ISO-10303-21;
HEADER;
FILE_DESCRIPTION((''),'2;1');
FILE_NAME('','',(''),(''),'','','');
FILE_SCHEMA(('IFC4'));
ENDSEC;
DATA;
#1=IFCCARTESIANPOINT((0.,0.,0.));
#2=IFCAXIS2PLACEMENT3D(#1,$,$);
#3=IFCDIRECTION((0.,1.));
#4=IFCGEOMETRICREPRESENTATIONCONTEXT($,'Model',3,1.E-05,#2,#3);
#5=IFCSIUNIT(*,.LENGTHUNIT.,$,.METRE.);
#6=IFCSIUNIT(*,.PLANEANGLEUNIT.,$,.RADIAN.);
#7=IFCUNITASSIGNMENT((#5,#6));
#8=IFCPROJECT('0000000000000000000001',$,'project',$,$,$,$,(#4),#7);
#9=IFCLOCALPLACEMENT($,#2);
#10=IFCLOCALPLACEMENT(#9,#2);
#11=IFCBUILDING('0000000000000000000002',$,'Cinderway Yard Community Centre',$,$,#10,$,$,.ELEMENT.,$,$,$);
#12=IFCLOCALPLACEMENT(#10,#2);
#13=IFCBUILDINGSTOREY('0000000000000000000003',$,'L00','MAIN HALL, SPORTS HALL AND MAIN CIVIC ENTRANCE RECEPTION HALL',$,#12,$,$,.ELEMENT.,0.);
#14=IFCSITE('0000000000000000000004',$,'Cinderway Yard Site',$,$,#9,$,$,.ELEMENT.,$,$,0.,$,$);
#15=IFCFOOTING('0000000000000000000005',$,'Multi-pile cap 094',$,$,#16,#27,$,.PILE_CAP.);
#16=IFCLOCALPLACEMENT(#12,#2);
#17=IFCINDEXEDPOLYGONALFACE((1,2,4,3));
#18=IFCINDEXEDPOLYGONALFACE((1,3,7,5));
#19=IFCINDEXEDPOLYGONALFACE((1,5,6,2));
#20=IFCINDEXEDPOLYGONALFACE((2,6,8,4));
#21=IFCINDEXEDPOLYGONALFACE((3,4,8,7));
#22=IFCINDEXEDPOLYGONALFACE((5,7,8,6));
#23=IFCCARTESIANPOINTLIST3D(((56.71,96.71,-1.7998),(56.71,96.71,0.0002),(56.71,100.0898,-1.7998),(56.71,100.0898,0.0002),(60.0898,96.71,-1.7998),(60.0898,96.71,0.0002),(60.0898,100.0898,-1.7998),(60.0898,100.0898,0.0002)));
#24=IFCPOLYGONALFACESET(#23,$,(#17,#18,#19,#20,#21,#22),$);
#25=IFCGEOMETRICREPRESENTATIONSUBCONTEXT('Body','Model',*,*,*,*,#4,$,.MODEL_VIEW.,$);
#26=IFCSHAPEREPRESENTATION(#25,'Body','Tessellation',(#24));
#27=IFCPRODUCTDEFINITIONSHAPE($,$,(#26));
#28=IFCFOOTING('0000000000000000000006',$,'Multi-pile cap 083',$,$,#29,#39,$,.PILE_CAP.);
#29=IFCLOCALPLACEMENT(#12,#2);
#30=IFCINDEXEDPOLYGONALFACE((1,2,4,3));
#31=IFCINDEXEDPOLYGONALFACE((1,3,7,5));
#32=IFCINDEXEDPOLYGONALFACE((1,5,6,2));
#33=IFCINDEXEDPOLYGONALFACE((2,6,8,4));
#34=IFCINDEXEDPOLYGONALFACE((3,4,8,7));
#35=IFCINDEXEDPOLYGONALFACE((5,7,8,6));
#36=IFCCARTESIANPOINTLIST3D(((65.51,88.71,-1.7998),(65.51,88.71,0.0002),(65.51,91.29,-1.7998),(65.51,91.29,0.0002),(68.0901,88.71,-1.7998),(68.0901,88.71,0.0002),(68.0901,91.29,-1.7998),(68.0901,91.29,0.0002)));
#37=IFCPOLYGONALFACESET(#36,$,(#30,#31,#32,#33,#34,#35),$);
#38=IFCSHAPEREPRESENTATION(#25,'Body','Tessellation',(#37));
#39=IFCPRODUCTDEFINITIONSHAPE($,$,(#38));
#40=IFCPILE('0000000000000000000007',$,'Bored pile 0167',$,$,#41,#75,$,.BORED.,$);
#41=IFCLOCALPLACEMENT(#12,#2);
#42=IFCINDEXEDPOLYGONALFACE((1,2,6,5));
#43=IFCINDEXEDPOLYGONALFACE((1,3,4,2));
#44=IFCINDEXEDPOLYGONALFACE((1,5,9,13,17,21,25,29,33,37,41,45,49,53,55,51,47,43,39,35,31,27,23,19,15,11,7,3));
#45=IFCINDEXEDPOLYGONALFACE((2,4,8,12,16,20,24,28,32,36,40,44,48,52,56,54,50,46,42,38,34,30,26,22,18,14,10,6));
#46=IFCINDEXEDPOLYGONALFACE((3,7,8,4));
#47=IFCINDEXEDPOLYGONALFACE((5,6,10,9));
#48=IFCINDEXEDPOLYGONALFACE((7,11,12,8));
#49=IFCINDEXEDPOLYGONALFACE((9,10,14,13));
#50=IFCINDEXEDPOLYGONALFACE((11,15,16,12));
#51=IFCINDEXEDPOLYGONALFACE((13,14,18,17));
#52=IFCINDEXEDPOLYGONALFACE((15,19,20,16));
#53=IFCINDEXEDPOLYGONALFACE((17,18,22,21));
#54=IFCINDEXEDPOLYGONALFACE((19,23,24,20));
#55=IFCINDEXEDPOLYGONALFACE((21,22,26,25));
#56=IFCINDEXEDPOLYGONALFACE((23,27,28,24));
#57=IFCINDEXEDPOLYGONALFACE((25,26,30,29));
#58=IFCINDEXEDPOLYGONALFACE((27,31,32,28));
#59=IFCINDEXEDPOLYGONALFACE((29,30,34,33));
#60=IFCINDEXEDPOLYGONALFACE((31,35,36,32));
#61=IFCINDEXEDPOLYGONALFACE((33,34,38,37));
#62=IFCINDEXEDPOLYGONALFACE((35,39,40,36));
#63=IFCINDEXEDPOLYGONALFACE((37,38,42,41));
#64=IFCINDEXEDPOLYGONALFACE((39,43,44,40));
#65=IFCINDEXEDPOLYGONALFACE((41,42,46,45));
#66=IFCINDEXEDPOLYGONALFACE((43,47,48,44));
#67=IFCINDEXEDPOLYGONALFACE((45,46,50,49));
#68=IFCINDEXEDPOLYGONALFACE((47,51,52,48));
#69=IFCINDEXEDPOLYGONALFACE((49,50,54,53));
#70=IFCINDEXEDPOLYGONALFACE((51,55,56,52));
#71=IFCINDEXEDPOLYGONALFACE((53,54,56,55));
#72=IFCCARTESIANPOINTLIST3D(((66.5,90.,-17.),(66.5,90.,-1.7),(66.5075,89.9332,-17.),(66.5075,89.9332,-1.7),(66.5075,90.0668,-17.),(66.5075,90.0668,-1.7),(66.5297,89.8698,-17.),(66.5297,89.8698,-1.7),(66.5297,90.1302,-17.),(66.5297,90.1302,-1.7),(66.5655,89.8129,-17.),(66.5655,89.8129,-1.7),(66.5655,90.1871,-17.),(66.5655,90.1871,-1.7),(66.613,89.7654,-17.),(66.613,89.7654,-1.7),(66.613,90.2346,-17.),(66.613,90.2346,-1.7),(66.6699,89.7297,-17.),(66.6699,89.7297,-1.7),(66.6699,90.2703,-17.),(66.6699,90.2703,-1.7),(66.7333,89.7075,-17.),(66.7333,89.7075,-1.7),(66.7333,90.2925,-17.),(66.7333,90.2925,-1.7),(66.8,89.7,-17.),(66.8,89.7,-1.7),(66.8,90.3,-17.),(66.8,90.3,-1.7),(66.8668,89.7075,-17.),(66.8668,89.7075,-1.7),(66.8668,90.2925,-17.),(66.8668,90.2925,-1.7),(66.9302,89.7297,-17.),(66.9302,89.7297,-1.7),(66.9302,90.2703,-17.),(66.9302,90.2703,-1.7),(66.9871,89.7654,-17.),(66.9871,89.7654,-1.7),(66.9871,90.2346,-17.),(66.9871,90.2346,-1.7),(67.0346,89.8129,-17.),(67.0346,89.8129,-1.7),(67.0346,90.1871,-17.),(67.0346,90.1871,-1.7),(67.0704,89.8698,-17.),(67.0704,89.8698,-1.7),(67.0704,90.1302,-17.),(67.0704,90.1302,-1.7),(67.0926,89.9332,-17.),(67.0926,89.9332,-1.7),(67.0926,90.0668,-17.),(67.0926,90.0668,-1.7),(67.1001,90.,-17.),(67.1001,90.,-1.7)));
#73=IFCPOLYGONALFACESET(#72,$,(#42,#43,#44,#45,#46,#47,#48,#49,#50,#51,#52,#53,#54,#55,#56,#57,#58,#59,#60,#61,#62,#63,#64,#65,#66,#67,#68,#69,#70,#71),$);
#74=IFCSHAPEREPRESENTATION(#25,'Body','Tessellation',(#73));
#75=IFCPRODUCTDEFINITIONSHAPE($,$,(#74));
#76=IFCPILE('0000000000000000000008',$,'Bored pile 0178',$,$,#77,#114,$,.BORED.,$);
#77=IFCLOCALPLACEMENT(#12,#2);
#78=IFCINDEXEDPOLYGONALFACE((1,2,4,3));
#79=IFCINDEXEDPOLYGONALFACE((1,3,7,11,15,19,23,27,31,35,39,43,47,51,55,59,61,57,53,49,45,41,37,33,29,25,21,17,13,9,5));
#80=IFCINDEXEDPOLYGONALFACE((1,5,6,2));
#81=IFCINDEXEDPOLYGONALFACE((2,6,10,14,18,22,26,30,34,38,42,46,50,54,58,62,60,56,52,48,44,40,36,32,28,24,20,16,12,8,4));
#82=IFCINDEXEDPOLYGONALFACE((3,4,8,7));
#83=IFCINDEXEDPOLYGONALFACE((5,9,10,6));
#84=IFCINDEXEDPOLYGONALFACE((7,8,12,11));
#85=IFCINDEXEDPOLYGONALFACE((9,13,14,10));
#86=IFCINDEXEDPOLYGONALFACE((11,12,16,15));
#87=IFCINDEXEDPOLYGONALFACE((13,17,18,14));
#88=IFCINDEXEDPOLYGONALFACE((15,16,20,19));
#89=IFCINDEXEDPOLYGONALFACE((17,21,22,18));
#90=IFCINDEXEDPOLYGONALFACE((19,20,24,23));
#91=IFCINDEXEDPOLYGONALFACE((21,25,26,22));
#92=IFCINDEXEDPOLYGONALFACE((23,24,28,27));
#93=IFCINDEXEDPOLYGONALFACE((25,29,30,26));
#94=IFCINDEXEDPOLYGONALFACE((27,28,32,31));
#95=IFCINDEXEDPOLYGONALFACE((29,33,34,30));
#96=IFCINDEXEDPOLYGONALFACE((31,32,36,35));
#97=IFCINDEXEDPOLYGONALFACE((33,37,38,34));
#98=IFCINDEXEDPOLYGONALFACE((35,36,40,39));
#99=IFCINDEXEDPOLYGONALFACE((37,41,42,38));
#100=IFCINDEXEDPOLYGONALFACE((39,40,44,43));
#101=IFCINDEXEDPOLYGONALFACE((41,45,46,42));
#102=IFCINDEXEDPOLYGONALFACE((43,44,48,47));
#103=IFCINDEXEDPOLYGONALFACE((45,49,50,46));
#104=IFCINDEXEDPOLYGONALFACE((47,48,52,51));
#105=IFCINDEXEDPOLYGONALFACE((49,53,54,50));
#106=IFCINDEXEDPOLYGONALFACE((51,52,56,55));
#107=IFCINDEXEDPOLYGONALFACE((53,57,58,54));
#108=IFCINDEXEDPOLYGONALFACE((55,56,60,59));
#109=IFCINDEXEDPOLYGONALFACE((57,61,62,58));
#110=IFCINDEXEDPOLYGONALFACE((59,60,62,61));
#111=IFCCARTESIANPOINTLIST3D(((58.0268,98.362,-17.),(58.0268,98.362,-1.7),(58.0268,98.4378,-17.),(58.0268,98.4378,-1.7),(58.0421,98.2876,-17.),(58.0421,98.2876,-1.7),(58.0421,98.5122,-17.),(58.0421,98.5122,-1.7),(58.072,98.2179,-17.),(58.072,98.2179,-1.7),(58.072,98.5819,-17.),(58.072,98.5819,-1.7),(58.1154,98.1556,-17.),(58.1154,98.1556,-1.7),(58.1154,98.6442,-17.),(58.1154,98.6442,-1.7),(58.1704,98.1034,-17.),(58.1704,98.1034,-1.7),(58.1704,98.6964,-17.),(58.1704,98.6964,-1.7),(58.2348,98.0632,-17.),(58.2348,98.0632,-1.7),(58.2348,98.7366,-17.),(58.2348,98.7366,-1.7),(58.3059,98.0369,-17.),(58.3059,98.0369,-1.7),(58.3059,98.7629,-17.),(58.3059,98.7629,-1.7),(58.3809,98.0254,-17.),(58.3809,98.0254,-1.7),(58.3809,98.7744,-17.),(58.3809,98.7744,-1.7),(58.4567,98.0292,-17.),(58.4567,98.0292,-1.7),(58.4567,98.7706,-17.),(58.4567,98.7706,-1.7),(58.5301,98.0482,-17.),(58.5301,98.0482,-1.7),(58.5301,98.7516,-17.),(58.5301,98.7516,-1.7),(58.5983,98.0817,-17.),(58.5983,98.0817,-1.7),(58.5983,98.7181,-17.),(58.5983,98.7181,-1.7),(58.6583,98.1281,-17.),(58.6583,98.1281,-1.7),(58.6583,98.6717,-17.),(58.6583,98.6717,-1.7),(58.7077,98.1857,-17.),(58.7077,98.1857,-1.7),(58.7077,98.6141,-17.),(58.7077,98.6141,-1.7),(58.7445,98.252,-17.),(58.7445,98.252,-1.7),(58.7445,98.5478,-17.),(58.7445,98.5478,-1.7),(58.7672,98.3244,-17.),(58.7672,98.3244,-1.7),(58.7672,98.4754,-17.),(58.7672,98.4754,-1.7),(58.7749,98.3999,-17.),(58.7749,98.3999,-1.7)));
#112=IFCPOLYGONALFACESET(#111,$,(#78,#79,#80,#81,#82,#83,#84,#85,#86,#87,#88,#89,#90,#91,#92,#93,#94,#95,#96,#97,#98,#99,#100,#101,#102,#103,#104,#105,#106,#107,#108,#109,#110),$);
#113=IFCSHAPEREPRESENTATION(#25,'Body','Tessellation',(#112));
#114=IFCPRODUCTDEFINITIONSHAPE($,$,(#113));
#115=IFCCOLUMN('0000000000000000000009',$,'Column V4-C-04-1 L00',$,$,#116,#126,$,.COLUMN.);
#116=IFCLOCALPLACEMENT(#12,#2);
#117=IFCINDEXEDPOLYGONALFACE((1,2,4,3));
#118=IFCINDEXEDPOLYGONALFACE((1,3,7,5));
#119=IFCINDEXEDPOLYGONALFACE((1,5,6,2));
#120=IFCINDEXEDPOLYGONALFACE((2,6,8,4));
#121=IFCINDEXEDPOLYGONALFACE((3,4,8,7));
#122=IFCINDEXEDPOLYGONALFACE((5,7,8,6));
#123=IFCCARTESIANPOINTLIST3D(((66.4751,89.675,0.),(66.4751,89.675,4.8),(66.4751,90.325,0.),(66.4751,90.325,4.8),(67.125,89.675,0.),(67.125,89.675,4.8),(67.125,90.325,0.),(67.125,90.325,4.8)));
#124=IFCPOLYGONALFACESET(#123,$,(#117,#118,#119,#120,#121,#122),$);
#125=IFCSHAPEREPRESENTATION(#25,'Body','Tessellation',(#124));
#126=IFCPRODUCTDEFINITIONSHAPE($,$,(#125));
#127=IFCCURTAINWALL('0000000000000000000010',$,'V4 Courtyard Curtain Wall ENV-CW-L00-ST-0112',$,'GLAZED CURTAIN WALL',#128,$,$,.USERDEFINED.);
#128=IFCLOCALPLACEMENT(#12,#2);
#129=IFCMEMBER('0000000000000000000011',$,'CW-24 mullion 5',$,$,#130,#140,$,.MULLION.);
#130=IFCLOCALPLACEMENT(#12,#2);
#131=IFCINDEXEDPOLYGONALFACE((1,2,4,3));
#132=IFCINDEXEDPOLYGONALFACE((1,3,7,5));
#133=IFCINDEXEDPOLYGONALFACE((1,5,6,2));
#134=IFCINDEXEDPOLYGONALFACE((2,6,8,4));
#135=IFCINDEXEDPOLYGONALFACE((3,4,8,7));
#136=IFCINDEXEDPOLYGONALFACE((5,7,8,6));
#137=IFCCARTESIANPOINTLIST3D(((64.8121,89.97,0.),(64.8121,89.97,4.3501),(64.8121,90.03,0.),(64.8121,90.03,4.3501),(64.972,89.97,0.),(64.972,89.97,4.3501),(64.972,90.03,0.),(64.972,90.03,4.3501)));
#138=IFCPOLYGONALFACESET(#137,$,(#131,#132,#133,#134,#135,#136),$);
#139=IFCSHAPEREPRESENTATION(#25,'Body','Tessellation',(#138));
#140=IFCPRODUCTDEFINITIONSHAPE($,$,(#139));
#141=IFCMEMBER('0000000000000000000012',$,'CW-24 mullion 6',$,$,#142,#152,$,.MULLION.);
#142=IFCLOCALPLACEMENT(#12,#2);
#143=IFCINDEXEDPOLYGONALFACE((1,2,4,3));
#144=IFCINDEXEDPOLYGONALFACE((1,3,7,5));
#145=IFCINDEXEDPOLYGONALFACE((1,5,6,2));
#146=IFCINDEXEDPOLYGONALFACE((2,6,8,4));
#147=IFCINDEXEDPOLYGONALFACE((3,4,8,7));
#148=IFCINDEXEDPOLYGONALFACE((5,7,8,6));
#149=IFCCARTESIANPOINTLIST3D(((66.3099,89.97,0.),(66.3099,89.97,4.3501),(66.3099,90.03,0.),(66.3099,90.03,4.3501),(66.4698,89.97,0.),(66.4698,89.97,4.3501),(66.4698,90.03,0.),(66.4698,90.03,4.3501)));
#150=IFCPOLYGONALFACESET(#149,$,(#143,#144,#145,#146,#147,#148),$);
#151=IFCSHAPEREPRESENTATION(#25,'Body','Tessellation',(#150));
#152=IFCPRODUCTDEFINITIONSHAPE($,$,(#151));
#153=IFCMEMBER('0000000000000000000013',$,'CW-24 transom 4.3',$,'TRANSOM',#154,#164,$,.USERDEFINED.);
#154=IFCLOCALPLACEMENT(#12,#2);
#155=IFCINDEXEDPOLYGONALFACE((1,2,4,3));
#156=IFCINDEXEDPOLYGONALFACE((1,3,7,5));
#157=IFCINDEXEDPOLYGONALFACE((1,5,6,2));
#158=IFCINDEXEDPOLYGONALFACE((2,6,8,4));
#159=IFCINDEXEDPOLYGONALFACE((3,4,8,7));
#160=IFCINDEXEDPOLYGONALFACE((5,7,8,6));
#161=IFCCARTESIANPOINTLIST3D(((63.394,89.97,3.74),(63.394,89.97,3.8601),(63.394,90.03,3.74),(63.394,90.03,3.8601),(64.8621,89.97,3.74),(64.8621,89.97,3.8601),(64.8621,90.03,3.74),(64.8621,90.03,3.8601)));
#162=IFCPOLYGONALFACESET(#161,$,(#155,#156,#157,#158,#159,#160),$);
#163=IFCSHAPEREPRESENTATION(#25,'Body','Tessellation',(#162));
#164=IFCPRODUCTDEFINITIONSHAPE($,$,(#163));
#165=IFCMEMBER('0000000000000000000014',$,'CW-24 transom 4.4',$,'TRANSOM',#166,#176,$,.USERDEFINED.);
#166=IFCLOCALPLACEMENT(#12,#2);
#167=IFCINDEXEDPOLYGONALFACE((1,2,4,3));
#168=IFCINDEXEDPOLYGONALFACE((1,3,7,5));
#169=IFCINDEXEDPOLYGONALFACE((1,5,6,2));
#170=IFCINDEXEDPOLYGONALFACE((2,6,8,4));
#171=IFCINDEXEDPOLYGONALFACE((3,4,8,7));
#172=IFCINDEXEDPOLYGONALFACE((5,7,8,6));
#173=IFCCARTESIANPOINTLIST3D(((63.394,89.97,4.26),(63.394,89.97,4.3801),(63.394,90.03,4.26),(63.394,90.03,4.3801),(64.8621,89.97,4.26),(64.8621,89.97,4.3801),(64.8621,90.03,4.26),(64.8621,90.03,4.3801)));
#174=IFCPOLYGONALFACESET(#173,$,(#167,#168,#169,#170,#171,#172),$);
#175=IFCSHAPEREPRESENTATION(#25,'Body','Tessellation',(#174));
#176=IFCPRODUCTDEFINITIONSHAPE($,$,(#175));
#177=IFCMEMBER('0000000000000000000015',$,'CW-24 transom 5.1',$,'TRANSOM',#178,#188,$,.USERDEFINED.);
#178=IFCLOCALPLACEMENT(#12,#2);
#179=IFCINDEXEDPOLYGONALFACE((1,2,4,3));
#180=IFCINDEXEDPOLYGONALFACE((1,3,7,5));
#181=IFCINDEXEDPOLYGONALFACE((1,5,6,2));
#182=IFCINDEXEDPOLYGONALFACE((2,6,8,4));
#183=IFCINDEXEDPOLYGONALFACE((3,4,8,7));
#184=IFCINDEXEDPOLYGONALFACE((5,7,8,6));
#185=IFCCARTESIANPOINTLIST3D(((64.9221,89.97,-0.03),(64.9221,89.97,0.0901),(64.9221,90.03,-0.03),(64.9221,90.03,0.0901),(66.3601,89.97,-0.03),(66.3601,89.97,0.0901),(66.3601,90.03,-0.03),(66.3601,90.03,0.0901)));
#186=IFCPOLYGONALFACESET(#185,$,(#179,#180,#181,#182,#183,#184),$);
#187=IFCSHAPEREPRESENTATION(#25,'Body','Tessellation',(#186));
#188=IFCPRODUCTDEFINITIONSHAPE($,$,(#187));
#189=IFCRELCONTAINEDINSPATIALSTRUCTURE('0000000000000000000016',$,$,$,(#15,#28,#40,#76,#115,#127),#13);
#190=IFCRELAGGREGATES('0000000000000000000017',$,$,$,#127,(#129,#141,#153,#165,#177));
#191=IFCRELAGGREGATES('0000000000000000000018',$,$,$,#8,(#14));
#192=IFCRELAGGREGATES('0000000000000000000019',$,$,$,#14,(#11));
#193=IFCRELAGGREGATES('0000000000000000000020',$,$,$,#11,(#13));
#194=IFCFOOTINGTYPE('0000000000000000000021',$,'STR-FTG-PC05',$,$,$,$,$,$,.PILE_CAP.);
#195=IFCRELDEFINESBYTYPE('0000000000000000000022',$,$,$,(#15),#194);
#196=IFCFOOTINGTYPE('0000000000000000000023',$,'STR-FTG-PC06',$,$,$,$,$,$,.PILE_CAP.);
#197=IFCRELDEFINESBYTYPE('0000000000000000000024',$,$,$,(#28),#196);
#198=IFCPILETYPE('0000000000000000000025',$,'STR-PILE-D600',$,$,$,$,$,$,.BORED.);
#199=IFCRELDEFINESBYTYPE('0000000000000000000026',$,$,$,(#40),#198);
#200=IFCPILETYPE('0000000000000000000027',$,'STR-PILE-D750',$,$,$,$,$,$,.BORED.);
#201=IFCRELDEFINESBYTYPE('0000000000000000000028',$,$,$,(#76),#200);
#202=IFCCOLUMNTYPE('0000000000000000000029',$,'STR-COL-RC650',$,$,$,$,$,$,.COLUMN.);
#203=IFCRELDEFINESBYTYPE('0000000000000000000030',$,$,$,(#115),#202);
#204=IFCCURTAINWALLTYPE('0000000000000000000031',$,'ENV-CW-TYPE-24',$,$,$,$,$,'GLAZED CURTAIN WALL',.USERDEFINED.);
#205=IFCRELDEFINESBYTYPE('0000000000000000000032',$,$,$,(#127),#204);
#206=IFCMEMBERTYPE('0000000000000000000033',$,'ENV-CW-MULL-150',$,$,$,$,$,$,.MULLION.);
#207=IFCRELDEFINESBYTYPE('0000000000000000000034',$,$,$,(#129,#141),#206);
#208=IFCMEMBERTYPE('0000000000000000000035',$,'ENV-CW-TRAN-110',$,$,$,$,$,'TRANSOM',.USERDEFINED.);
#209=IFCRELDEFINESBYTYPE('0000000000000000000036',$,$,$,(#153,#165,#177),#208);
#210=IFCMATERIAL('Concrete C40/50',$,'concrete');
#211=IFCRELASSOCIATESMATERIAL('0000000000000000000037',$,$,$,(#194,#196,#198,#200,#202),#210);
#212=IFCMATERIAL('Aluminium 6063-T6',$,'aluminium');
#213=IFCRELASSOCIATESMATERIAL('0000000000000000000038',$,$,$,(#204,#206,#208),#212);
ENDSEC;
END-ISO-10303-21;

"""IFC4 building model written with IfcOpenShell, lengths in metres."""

from ifc_helpers import new_model, si_unit, direction, frame, origin, origin_2d, place, context, subcontext, project, spatial, rectangle, circle, extrude, material, material_profile, profile_set, type_object, element, aggregate, save


model = new_model("IFC4")

# Units and contexts
model_context = context("Model", 3, precision=1e-05, world=origin(), true_north=direction((0.0, 1.0)))
body_context = subcontext(model_context, "Body", "Model", "MODEL_VIEW")
ifc_project = project(units=[si_unit("LENGTHUNIT", "METRE"), si_unit("PLANEANGLEUNIT", "RADIAN")], contexts=[model_context])

# Site, building, storey
site_placement = place(None, origin())
site = spatial("IfcSite", under=ifc_project, at=site_placement, Name="Cinderway Yard Site", CompositionType="ELEMENT", RefElevation=0.0)
building_placement = place(site_placement, origin())
building = spatial("IfcBuilding", under=site, at=building_placement, Name="Cinderway Yard Community Centre", CompositionType="ELEMENT")
storey_placement = place(building_placement, origin())
storey = spatial("IfcBuildingStorey", under=building, at=storey_placement, Name="L00", Description="MAIN HALL, SPORTS HALL AND MAIN CIVIC ENTRANCE RECEPTION HALL", CompositionType="ELEMENT", Elevation=0.0)

# Footings
ifc_material_1 = material(Name="Concrete C40/50", Category="concrete")
footing_type_1 = type_object("IfcFootingType", Name="STR-FTG-PC05", PredefinedType="PILE_CAP", material=ifc_material_1)
footing_1_placement = place(storey_placement, frame((58.3999, 98.3999, -1.7998), z_axis=(0.0, 0.0, 1.0), x_axis=(1.0, 0.0, 0.0)))
element("IfcFooting", 1, at=footing_1_placement, inside=storey, type_object=footing_type_1, Name="Multi-pile cap 094", PredefinedType="PILE_CAP", context=body_context, shape_type="SweptSolid", body=[
    extrude(rectangle(XDim=3.3799, YDim=3.3799, at=origin_2d()), origin(), (0.0, 0.0, 1.0), 1.8),
])
footing_type_2 = type_object("IfcFootingType", Name="STR-FTG-PC06", PredefinedType="PILE_CAP", material=ifc_material_1)
footing_2_placement = place(storey_placement, frame((66.8, 90.0, -1.7998), z_axis=(0.0, 0.0, 1.0), x_axis=(1.0, 0.0, 0.0)))
element("IfcFooting", 2, at=footing_2_placement, inside=storey, type_object=footing_type_2, Name="Multi-pile cap 083", PredefinedType="PILE_CAP", context=body_context, shape_type="SweptSolid", body=[
    extrude(rectangle(XDim=2.5801, YDim=2.5801, at=origin_2d()), origin(), (0.0, 0.0, 1.0), 1.8),
])

# Piles
ifc_material_profile_1 = material_profile(ifc_material_1, circle(Radius=0.3, at=origin_2d()), Name="Concrete C40/50")
ifc_profile_set_1 = profile_set([ifc_material_profile_1], Name="Concrete C40/50")
pile_type_1 = type_object("IfcPileType", Name="STR-PILE-D600", PredefinedType="BORED", material=ifc_profile_set_1)
pile_1_placement = place(storey_placement, frame((66.8, 90.0, -1.7), z_axis=(0.0, 0.0, -1.0), x_axis=(1.0, 0.0, 0.0)))
element("IfcPile", 3, at=pile_1_placement, inside=storey, type_object=pile_type_1, Name="Bored pile 0167", PredefinedType="BORED", context=body_context, shape_type="SweptSolid", body=[
    extrude(circle(Radius=0.3, at=origin_2d()), origin(), (0.0, 0.0, 1.0), 15.3),
])
ifc_material_profile_2 = material_profile(ifc_material_1, circle(Radius=0.375, at=origin_2d()), Name="Concrete C40/50")
ifc_profile_set_2 = profile_set([ifc_material_profile_2], Name="Concrete C40/50")
pile_type_2 = type_object("IfcPileType", Name="STR-PILE-D750", PredefinedType="BORED", material=ifc_profile_set_2)
pile_2_placement = place(storey_placement, frame((58.3999, 98.3999, -1.7), z_axis=(0.0, 0.0, -1.0), x_axis=(1.0, 0.0, 0.0)))
element("IfcPile", 4, at=pile_2_placement, inside=storey, type_object=pile_type_2, Name="Bored pile 0178", PredefinedType="BORED", context=body_context, shape_type="SweptSolid", body=[
    extrude(circle(Radius=0.375, at=origin_2d()), origin(), (0.0, 0.0, 1.0), 15.3),
])

# Column
ifc_material_profile_3 = material_profile(ifc_material_1, rectangle(XDim=0.6499, YDim=0.6499, at=origin_2d()), Name="Concrete C40/50")
ifc_profile_set_3 = profile_set([ifc_material_profile_3], Name="Concrete C40/50")
column_type = type_object("IfcColumnType", Name="STR-COL-RC650", PredefinedType="COLUMN", material=ifc_profile_set_3)
column_placement = place(storey_placement, frame((66.8, 90.0, 0.0), z_axis=(0.0, 0.0, 1.0), x_axis=(1.0, 0.0, 0.0)))
element("IfcColumn", 5, at=column_placement, inside=storey, type_object=column_type, Name="Column V4-C-04-1 L00", PredefinedType="COLUMN", context=body_context, shape_type="SweptSolid", body=[
    extrude(rectangle(XDim=0.6499, YDim=0.6499, at=origin_2d()), origin(), (0.0, 0.0, 1.0), 4.8),
])

# Curtain wall, members
ifc_material_2 = material(Name="Aluminium 6063-T6", Category="aluminium")
curtain_wall_type = type_object("IfcCurtainWallType", Name="ENV-CW-TYPE-24", ElementType="GLAZED CURTAIN WALL", PredefinedType="USERDEFINED", material=ifc_material_2)
curtain_wall_placement = place(storey_placement, origin())
curtain_wall = element("IfcCurtainWall", 6, at=curtain_wall_placement, inside=storey, type_object=curtain_wall_type, Name="V4 Courtyard Curtain Wall ENV-CW-L00-ST-0112", ObjectType="GLAZED CURTAIN WALL", PredefinedType="USERDEFINED")
ifc_material_profile_4 = material_profile(ifc_material_2, rectangle(XDim=0.0601, YDim=0.1599, at=origin_2d()), Name="Aluminium 6063-T6")
ifc_profile_set_4 = profile_set([ifc_material_profile_4], Name="Aluminium 6063-T6")
member_type_1 = type_object("IfcMemberType", Name="ENV-CW-MULL-150", PredefinedType="MULLION", material=ifc_profile_set_4)
member_1_placement = place(storey_placement, frame((64.8921, 90.0, 0.0), z_axis=(0.0, 0.0, 1.0), x_axis=(0.0, 1.0, 0.0)))
member_1 = element("IfcMember", 7, at=member_1_placement, type_object=member_type_1, Name="CW-24 mullion 5", PredefinedType="MULLION", context=body_context, shape_type="SweptSolid", body=[
    extrude(rectangle(XDim=0.0601, YDim=0.1599, at=origin_2d()), origin(), (0.0, 0.0, 1.0), 4.3501),
])
member_2_placement = place(storey_placement, frame((66.3899, 90.0, 0.0), z_axis=(0.0, 0.0, 1.0), x_axis=(0.0, 1.0, 0.0)))
member_2 = element("IfcMember", 8, at=member_2_placement, type_object=member_type_1, Name="CW-24 mullion 6", PredefinedType="MULLION", context=body_context, shape_type="SweptSolid", body=[
    extrude(rectangle(XDim=0.0601, YDim=0.1599, at=origin_2d()), origin(), (0.0, 0.0, 1.0), 4.3501),
])
ifc_material_profile_5 = material_profile(ifc_material_2, rectangle(XDim=0.0601, YDim=0.1201, at=origin_2d()), Name="Aluminium 6063-T6")
ifc_profile_set_5 = profile_set([ifc_material_profile_5], Name="Aluminium 6063-T6")
member_type_2 = type_object("IfcMemberType", Name="ENV-CW-TRAN-110", ElementType="TRANSOM", PredefinedType="USERDEFINED", material=ifc_profile_set_5)
member_3_placement = place(storey_placement, frame((63.394, 90.0, 3.8), z_axis=(1.0, 0.0, 0.0), x_axis=(0.0, 1.0, 0.0)))
member_3 = element("IfcMember", 9, at=member_3_placement, type_object=member_type_2, Name="CW-24 transom 4.3", ObjectType="TRANSOM", PredefinedType="USERDEFINED", context=body_context, shape_type="SweptSolid", body=[
    extrude(rectangle(XDim=0.0601, YDim=0.1201, at=origin_2d()), origin(), (0.0, 0.0, 1.0), 1.468),
])
member_4_placement = place(storey_placement, frame((63.394, 90.0, 4.3201), z_axis=(1.0, 0.0, 0.0), x_axis=(0.0, 1.0, 0.0)))
member_4 = element("IfcMember", 10, at=member_4_placement, type_object=member_type_2, Name="CW-24 transom 4.4", ObjectType="TRANSOM", PredefinedType="USERDEFINED", context=body_context, shape_type="SweptSolid", body=[
    extrude(rectangle(XDim=0.0601, YDim=0.1201, at=origin_2d()), origin(), (0.0, 0.0, 1.0), 1.468),
])
member_5_placement = place(storey_placement, frame((64.9221, 90.0, 0.03), z_axis=(1.0, 0.0, 0.0), x_axis=(0.0, 1.0, 0.0)))
member_5 = element("IfcMember", 11, at=member_5_placement, type_object=member_type_2, Name="CW-24 transom 5.1", ObjectType="TRANSOM", PredefinedType="USERDEFINED", context=body_context, shape_type="SweptSolid", body=[
    extrude(rectangle(XDim=0.0601, YDim=0.1201, at=origin_2d()), origin(), (0.0, 0.0, 1.0), 1.438),
])
aggregate(curtain_wall, [member_1, member_2, member_3, member_4, member_5])

save(model, "model.ifc")
